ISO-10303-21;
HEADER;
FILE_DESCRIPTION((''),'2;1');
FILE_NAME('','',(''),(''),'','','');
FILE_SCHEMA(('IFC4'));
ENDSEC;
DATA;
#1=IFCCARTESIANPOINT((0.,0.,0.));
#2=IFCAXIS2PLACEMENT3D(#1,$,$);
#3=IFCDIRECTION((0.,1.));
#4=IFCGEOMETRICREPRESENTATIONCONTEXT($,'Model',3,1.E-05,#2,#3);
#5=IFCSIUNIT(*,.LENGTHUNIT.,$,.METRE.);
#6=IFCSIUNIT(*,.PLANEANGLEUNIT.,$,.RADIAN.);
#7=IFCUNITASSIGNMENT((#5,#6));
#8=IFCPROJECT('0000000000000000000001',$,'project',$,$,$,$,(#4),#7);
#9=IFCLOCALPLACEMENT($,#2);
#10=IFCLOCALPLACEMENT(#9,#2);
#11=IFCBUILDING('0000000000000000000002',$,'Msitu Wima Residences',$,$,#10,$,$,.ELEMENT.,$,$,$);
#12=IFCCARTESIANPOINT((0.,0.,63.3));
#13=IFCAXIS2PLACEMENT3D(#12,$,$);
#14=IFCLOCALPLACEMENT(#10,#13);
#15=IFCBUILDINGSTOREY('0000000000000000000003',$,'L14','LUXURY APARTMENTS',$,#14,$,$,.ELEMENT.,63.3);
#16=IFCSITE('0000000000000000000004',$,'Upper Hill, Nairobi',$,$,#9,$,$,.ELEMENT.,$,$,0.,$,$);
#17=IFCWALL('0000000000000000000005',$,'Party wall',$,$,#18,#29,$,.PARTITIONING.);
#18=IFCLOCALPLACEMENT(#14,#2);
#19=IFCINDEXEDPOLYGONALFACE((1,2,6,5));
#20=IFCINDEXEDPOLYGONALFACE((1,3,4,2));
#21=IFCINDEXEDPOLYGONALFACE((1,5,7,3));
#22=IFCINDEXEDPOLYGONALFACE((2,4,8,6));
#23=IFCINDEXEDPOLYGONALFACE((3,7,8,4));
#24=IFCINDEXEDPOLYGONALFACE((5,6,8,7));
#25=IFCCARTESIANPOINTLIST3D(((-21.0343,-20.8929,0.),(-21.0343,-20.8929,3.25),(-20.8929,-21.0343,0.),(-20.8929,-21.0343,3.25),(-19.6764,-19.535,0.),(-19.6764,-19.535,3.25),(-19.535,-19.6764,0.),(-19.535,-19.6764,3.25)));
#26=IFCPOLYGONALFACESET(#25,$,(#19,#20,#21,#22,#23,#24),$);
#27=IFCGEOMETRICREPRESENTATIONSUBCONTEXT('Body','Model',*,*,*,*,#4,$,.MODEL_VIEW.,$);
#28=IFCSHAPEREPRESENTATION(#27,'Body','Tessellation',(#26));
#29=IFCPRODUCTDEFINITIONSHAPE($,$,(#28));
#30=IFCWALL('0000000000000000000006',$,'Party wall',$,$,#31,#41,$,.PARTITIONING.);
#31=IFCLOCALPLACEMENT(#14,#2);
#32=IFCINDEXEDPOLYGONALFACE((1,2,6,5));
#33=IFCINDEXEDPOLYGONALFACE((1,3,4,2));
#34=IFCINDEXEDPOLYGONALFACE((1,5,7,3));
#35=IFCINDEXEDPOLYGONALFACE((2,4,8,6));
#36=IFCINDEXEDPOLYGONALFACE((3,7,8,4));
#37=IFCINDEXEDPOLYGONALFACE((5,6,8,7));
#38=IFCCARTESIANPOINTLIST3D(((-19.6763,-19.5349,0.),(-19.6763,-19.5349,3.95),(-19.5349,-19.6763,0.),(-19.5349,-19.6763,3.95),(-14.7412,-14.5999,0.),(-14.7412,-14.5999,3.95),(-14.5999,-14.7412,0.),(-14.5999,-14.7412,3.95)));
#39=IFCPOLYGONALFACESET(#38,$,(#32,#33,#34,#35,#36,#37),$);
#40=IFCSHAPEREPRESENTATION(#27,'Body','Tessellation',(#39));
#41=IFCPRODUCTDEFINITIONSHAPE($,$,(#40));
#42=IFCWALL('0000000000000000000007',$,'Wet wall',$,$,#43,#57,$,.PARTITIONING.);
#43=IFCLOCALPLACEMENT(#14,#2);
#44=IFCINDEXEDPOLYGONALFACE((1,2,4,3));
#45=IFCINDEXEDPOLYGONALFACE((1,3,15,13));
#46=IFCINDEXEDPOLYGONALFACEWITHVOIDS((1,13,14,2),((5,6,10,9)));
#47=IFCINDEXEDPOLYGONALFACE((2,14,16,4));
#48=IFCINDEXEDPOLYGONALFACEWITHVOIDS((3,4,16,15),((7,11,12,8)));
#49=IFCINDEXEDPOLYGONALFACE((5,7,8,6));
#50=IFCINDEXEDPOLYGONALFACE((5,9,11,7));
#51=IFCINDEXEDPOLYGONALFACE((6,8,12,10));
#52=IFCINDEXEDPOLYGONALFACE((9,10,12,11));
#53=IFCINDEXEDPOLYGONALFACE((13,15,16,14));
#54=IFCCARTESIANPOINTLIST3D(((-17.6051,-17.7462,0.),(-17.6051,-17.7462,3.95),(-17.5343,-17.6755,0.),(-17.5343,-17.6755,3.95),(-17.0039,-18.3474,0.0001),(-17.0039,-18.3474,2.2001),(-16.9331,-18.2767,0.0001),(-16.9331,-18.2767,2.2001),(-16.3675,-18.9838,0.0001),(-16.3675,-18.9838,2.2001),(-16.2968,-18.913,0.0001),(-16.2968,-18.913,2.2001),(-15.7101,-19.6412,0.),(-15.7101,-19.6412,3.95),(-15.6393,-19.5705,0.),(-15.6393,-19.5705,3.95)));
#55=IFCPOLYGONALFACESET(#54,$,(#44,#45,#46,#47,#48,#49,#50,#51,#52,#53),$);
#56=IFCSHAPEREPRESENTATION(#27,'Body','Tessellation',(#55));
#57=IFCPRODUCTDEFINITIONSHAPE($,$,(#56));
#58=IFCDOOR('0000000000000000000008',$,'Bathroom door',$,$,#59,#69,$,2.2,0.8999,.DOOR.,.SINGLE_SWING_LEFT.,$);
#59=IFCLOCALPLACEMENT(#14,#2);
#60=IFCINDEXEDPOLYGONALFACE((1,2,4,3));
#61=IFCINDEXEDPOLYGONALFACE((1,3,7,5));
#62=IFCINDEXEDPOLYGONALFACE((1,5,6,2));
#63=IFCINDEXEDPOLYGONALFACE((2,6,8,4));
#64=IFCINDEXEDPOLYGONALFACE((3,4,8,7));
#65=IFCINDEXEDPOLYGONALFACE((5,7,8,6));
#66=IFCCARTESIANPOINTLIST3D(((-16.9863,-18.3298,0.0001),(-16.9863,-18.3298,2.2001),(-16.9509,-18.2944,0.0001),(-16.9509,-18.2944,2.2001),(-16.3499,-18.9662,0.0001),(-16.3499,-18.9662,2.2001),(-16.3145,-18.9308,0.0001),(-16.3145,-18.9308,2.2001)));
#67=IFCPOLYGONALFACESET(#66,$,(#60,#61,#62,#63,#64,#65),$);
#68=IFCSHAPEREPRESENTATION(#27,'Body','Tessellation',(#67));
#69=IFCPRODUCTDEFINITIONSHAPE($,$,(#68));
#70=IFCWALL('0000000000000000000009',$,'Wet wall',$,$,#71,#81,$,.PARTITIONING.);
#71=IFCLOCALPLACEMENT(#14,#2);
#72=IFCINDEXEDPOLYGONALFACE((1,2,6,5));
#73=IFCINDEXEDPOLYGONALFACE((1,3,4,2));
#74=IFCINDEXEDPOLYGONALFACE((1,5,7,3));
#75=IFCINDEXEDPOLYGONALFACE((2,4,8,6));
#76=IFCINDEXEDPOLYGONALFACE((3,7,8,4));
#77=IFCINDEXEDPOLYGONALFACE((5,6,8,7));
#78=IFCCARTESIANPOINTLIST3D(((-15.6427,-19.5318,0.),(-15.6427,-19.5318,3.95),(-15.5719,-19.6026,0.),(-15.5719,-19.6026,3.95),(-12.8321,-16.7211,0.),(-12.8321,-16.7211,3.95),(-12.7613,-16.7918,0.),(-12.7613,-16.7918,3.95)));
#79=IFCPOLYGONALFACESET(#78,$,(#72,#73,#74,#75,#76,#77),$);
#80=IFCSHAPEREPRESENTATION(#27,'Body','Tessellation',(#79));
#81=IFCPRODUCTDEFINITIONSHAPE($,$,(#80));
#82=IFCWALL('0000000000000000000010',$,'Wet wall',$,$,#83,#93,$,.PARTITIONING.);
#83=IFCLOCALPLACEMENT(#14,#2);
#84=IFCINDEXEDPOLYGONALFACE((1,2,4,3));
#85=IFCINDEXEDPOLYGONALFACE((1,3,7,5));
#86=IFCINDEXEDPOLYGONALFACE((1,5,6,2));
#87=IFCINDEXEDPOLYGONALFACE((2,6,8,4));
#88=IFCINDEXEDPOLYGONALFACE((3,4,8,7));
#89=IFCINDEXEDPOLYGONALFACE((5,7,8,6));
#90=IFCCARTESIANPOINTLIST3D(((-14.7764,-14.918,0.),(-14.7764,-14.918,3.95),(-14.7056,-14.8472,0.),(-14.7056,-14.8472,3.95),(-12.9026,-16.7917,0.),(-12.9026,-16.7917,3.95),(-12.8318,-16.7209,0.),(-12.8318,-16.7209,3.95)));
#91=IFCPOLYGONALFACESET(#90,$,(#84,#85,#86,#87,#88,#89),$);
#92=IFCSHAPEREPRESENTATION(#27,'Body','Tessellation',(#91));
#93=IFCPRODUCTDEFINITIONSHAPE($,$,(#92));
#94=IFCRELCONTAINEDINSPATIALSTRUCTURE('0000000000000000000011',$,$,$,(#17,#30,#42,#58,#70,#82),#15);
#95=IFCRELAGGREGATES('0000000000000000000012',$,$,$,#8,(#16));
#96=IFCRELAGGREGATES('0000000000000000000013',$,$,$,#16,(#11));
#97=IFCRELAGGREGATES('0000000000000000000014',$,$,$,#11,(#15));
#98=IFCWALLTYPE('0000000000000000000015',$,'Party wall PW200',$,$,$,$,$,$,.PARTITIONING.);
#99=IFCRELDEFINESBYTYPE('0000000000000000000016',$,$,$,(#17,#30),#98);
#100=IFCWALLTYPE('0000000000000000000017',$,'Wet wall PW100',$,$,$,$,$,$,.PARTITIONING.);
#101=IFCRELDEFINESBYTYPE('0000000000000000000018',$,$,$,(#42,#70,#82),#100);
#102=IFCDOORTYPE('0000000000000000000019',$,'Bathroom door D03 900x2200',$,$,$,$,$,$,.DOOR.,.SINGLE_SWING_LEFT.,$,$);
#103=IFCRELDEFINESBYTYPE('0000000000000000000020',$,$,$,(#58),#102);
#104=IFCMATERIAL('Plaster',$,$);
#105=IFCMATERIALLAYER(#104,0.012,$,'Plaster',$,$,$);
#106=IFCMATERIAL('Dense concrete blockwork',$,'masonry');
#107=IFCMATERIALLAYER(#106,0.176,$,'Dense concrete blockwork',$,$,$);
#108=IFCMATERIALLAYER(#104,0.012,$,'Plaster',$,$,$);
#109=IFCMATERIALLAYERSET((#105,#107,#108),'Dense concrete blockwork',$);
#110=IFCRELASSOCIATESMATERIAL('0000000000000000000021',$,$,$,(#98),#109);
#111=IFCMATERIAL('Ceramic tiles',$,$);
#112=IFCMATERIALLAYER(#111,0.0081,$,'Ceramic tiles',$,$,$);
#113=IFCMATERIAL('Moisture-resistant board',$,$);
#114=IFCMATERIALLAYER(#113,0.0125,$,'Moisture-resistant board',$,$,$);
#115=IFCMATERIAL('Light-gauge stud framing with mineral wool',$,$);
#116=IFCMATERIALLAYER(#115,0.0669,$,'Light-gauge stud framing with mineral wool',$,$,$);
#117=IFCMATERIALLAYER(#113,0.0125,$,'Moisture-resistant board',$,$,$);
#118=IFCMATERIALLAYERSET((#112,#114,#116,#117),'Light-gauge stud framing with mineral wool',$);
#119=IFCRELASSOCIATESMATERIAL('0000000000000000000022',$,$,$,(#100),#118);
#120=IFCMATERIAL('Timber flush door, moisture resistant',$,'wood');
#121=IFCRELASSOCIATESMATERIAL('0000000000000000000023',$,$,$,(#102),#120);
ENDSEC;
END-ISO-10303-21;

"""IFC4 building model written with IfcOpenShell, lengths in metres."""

from ifc_helpers import new_model, si_unit, direction, frame, frame_2d, origin, place, context, subcontext, project, spatial, rectangle, extrude, material, layer, layer_set, type_object, element, fill, save


model = new_model("IFC4")

# Units and contexts
model_context = context("Model", 3, precision=1e-05, world=origin(), true_north=direction((0.0, 1.0)))
body_context = subcontext(model_context, "Body", "Model", "MODEL_VIEW")
ifc_project = project(units=[si_unit("LENGTHUNIT", "METRE"), si_unit("PLANEANGLEUNIT", "RADIAN")], contexts=[model_context])

# Site, building, storey
site_placement = place(None, origin())
site = spatial("IfcSite", under=ifc_project, at=site_placement, Name="Upper Hill, Nairobi", CompositionType="ELEMENT", RefElevation=0.0)
building_placement = place(site_placement, origin())
building = spatial("IfcBuilding", under=site, at=building_placement, Name="Msitu Wima Residences", CompositionType="ELEMENT")
storey_placement = place(building_placement, frame((0.0, 0.0, 63.3)))
storey = spatial("IfcBuildingStorey", under=building, at=storey_placement, Name="L14", Description="LUXURY APARTMENTS", CompositionType="ELEMENT", Elevation=63.3)

# Shared definitions
ifc_material_1 = material(Name="Plaster")

# Walls
ifc_layer_1 = layer(ifc_material_1, 0.012, Name="Plaster")
ifc_material_2 = material(Name="Dense concrete blockwork", Category="masonry")
ifc_layer_2 = layer(ifc_material_2, 0.176, Name="Dense concrete blockwork")
ifc_layer_3 = layer(ifc_material_1, 0.012, Name="Plaster")
ifc_layer_set_1 = layer_set([ifc_layer_1, ifc_layer_2, ifc_layer_3], Name="Dense concrete blockwork")
wall_type_1 = type_object("IfcWallType", Name="Party wall PW200", PredefinedType="PARTITIONING", material=ifc_layer_set_1)
wall_1_placement = place(storey_placement, frame((-20.9636, -20.9636, 0.0), z_axis=(0.0, 0.0, 1.0), x_axis=(0.707107, 0.707107, 0.0)))
element("IfcWall", 1, at=wall_1_placement, inside=storey, type_object=wall_type_1, Name="Party wall", PredefinedType="PARTITIONING", context=body_context, shape_type="SweptSolid", body=[
    extrude(rectangle(XDim=1.9204, YDim=0.2, at=frame_2d((0.9602, 0.0))), origin(), (0.0, 0.0, 1.0), 3.25),
])
wall_2_placement = place(storey_placement, frame((-19.6057, -19.6057, 0.0), z_axis=(0.0, 0.0, 1.0), x_axis=(0.707107, 0.707107, 0.0)))
element("IfcWall", 2, at=wall_2_placement, inside=storey, type_object=wall_type_1, Name="Party wall", PredefinedType="PARTITIONING", context=body_context, shape_type="SweptSolid", body=[
    extrude(rectangle(XDim=6.9792, YDim=0.2, at=frame_2d((3.4897, 0.0))), origin(), (0.0, 0.0, 1.0), 3.95),
])

# Wall, opening, door
ifc_material_3 = material(Name="Ceramic tiles")
ifc_layer_4 = layer(ifc_material_3, 0.0081, Name="Ceramic tiles")
ifc_material_4 = material(Name="Moisture-resistant board")
ifc_layer_5 = layer(ifc_material_4, 0.0125, Name="Moisture-resistant board")
ifc_material_5 = material(Name="Light-gauge stud framing with mineral wool")
ifc_layer_6 = layer(ifc_material_5, 0.0669, Name="Light-gauge stud framing with mineral wool")
ifc_layer_7 = layer(ifc_material_4, 0.0125, Name="Moisture-resistant board")
ifc_layer_set_2 = layer_set([ifc_layer_4, ifc_layer_5, ifc_layer_6, ifc_layer_7], Name="Light-gauge stud framing with mineral wool")
wall_type_2 = type_object("IfcWallType", Name="Wet wall PW100", PredefinedType="PARTITIONING", material=ifc_layer_set_2)
wall_3_placement = place(storey_placement, frame((-17.5696, -17.7109, 0.0), z_axis=(0.0, 0.0, 1.0), x_axis=(0.707107, -0.707107, 0.0)))
wall_3 = element("IfcWall", 3, at=wall_3_placement, inside=storey, type_object=wall_type_2, Name="Wet wall", PredefinedType="PARTITIONING", context=body_context, shape_type="SweptSolid", body=[
    extrude(rectangle(XDim=2.6799, YDim=0.1001, at=frame_2d((1.3398, 0.0))), origin(), (0.0, 0.0, 1.0), 3.95),
])
opening_1_placement = place(wall_3_placement, frame((0.8501, 0.0, 0.0)))
opening_1 = element("IfcOpeningElement", 4, at=opening_1_placement, cuts=wall_3, PredefinedType="OPENING", context=body_context, shape_type="SweptSolid", body=[
    extrude(rectangle(XDim=0.8999, YDim=2.2, at=frame_2d((0.45, 1.1001))), frame((0.0, 0.0601, 0.0), z_axis=(0.0, -1.0, 0.0), x_axis=(1.0, 0.0, 0.0)), (0.0, 0.0, 1.0), 0.1201),
])
ifc_material_6 = material(Name="Timber flush door, moisture resistant", Category="wood")
door_type_1 = type_object("IfcDoorType", Name="Bathroom door D03 900x2200", OperationType="SINGLE_SWING_LEFT", PredefinedType="DOOR", material=ifc_material_6)
door_1_placement = place(opening_1_placement, origin())
door_1 = element("IfcDoor", 5, at=door_1_placement, inside=storey, type_object=door_type_1, Name="Bathroom door", OperationType="SINGLE_SWING_LEFT", OverallHeight=2.2, OverallWidth=0.8999, PredefinedType="DOOR", context=body_context, shape_type="SweptSolid", body=[
    extrude(rectangle(XDim=0.8999, YDim=2.2, at=frame_2d((0.45, 1.1001))), frame((0.0, 0.0249, 0.0), z_axis=(0.0, -1.0, 0.0), x_axis=(1.0, 0.0, 0.0)), (0.0, 0.0, 1.0), 0.05),
])
fill(opening_1, door_1)

# Walls
wall_4_placement = place(storey_placement, frame((-15.6072, -19.5671, 0.0), z_axis=(0.0, 0.0, 1.0), x_axis=(0.707076, 0.707137, 0.0)))
element("IfcWall", 6, at=wall_4_placement, inside=storey, type_object=wall_type_2, Name="Wet wall", PredefinedType="PARTITIONING", context=body_context, shape_type="SweptSolid", body=[
    extrude(rectangle(XDim=3.9749, YDim=0.1001, at=frame_2d((1.9873, 0.0))), origin(), (0.0, 0.0, 1.0), 3.95),
])
wall_5_placement = place(storey_placement, frame((-14.741, -14.8826, 0.0), z_axis=(0.0, 0.0, 1.0), x_axis=(0.707107, -0.707107, 0.0)))
element("IfcWall", 7, at=wall_5_placement, inside=storey, type_object=wall_type_2, Name="Wet wall", PredefinedType="PARTITIONING", context=body_context, shape_type="SweptSolid", body=[
    extrude(rectangle(XDim=2.6499, YDim=0.1001, at=frame_2d((1.325, 0.0))), origin(), (0.0, 0.0, 1.0), 3.95),
])

save(model, "model.ifc")
